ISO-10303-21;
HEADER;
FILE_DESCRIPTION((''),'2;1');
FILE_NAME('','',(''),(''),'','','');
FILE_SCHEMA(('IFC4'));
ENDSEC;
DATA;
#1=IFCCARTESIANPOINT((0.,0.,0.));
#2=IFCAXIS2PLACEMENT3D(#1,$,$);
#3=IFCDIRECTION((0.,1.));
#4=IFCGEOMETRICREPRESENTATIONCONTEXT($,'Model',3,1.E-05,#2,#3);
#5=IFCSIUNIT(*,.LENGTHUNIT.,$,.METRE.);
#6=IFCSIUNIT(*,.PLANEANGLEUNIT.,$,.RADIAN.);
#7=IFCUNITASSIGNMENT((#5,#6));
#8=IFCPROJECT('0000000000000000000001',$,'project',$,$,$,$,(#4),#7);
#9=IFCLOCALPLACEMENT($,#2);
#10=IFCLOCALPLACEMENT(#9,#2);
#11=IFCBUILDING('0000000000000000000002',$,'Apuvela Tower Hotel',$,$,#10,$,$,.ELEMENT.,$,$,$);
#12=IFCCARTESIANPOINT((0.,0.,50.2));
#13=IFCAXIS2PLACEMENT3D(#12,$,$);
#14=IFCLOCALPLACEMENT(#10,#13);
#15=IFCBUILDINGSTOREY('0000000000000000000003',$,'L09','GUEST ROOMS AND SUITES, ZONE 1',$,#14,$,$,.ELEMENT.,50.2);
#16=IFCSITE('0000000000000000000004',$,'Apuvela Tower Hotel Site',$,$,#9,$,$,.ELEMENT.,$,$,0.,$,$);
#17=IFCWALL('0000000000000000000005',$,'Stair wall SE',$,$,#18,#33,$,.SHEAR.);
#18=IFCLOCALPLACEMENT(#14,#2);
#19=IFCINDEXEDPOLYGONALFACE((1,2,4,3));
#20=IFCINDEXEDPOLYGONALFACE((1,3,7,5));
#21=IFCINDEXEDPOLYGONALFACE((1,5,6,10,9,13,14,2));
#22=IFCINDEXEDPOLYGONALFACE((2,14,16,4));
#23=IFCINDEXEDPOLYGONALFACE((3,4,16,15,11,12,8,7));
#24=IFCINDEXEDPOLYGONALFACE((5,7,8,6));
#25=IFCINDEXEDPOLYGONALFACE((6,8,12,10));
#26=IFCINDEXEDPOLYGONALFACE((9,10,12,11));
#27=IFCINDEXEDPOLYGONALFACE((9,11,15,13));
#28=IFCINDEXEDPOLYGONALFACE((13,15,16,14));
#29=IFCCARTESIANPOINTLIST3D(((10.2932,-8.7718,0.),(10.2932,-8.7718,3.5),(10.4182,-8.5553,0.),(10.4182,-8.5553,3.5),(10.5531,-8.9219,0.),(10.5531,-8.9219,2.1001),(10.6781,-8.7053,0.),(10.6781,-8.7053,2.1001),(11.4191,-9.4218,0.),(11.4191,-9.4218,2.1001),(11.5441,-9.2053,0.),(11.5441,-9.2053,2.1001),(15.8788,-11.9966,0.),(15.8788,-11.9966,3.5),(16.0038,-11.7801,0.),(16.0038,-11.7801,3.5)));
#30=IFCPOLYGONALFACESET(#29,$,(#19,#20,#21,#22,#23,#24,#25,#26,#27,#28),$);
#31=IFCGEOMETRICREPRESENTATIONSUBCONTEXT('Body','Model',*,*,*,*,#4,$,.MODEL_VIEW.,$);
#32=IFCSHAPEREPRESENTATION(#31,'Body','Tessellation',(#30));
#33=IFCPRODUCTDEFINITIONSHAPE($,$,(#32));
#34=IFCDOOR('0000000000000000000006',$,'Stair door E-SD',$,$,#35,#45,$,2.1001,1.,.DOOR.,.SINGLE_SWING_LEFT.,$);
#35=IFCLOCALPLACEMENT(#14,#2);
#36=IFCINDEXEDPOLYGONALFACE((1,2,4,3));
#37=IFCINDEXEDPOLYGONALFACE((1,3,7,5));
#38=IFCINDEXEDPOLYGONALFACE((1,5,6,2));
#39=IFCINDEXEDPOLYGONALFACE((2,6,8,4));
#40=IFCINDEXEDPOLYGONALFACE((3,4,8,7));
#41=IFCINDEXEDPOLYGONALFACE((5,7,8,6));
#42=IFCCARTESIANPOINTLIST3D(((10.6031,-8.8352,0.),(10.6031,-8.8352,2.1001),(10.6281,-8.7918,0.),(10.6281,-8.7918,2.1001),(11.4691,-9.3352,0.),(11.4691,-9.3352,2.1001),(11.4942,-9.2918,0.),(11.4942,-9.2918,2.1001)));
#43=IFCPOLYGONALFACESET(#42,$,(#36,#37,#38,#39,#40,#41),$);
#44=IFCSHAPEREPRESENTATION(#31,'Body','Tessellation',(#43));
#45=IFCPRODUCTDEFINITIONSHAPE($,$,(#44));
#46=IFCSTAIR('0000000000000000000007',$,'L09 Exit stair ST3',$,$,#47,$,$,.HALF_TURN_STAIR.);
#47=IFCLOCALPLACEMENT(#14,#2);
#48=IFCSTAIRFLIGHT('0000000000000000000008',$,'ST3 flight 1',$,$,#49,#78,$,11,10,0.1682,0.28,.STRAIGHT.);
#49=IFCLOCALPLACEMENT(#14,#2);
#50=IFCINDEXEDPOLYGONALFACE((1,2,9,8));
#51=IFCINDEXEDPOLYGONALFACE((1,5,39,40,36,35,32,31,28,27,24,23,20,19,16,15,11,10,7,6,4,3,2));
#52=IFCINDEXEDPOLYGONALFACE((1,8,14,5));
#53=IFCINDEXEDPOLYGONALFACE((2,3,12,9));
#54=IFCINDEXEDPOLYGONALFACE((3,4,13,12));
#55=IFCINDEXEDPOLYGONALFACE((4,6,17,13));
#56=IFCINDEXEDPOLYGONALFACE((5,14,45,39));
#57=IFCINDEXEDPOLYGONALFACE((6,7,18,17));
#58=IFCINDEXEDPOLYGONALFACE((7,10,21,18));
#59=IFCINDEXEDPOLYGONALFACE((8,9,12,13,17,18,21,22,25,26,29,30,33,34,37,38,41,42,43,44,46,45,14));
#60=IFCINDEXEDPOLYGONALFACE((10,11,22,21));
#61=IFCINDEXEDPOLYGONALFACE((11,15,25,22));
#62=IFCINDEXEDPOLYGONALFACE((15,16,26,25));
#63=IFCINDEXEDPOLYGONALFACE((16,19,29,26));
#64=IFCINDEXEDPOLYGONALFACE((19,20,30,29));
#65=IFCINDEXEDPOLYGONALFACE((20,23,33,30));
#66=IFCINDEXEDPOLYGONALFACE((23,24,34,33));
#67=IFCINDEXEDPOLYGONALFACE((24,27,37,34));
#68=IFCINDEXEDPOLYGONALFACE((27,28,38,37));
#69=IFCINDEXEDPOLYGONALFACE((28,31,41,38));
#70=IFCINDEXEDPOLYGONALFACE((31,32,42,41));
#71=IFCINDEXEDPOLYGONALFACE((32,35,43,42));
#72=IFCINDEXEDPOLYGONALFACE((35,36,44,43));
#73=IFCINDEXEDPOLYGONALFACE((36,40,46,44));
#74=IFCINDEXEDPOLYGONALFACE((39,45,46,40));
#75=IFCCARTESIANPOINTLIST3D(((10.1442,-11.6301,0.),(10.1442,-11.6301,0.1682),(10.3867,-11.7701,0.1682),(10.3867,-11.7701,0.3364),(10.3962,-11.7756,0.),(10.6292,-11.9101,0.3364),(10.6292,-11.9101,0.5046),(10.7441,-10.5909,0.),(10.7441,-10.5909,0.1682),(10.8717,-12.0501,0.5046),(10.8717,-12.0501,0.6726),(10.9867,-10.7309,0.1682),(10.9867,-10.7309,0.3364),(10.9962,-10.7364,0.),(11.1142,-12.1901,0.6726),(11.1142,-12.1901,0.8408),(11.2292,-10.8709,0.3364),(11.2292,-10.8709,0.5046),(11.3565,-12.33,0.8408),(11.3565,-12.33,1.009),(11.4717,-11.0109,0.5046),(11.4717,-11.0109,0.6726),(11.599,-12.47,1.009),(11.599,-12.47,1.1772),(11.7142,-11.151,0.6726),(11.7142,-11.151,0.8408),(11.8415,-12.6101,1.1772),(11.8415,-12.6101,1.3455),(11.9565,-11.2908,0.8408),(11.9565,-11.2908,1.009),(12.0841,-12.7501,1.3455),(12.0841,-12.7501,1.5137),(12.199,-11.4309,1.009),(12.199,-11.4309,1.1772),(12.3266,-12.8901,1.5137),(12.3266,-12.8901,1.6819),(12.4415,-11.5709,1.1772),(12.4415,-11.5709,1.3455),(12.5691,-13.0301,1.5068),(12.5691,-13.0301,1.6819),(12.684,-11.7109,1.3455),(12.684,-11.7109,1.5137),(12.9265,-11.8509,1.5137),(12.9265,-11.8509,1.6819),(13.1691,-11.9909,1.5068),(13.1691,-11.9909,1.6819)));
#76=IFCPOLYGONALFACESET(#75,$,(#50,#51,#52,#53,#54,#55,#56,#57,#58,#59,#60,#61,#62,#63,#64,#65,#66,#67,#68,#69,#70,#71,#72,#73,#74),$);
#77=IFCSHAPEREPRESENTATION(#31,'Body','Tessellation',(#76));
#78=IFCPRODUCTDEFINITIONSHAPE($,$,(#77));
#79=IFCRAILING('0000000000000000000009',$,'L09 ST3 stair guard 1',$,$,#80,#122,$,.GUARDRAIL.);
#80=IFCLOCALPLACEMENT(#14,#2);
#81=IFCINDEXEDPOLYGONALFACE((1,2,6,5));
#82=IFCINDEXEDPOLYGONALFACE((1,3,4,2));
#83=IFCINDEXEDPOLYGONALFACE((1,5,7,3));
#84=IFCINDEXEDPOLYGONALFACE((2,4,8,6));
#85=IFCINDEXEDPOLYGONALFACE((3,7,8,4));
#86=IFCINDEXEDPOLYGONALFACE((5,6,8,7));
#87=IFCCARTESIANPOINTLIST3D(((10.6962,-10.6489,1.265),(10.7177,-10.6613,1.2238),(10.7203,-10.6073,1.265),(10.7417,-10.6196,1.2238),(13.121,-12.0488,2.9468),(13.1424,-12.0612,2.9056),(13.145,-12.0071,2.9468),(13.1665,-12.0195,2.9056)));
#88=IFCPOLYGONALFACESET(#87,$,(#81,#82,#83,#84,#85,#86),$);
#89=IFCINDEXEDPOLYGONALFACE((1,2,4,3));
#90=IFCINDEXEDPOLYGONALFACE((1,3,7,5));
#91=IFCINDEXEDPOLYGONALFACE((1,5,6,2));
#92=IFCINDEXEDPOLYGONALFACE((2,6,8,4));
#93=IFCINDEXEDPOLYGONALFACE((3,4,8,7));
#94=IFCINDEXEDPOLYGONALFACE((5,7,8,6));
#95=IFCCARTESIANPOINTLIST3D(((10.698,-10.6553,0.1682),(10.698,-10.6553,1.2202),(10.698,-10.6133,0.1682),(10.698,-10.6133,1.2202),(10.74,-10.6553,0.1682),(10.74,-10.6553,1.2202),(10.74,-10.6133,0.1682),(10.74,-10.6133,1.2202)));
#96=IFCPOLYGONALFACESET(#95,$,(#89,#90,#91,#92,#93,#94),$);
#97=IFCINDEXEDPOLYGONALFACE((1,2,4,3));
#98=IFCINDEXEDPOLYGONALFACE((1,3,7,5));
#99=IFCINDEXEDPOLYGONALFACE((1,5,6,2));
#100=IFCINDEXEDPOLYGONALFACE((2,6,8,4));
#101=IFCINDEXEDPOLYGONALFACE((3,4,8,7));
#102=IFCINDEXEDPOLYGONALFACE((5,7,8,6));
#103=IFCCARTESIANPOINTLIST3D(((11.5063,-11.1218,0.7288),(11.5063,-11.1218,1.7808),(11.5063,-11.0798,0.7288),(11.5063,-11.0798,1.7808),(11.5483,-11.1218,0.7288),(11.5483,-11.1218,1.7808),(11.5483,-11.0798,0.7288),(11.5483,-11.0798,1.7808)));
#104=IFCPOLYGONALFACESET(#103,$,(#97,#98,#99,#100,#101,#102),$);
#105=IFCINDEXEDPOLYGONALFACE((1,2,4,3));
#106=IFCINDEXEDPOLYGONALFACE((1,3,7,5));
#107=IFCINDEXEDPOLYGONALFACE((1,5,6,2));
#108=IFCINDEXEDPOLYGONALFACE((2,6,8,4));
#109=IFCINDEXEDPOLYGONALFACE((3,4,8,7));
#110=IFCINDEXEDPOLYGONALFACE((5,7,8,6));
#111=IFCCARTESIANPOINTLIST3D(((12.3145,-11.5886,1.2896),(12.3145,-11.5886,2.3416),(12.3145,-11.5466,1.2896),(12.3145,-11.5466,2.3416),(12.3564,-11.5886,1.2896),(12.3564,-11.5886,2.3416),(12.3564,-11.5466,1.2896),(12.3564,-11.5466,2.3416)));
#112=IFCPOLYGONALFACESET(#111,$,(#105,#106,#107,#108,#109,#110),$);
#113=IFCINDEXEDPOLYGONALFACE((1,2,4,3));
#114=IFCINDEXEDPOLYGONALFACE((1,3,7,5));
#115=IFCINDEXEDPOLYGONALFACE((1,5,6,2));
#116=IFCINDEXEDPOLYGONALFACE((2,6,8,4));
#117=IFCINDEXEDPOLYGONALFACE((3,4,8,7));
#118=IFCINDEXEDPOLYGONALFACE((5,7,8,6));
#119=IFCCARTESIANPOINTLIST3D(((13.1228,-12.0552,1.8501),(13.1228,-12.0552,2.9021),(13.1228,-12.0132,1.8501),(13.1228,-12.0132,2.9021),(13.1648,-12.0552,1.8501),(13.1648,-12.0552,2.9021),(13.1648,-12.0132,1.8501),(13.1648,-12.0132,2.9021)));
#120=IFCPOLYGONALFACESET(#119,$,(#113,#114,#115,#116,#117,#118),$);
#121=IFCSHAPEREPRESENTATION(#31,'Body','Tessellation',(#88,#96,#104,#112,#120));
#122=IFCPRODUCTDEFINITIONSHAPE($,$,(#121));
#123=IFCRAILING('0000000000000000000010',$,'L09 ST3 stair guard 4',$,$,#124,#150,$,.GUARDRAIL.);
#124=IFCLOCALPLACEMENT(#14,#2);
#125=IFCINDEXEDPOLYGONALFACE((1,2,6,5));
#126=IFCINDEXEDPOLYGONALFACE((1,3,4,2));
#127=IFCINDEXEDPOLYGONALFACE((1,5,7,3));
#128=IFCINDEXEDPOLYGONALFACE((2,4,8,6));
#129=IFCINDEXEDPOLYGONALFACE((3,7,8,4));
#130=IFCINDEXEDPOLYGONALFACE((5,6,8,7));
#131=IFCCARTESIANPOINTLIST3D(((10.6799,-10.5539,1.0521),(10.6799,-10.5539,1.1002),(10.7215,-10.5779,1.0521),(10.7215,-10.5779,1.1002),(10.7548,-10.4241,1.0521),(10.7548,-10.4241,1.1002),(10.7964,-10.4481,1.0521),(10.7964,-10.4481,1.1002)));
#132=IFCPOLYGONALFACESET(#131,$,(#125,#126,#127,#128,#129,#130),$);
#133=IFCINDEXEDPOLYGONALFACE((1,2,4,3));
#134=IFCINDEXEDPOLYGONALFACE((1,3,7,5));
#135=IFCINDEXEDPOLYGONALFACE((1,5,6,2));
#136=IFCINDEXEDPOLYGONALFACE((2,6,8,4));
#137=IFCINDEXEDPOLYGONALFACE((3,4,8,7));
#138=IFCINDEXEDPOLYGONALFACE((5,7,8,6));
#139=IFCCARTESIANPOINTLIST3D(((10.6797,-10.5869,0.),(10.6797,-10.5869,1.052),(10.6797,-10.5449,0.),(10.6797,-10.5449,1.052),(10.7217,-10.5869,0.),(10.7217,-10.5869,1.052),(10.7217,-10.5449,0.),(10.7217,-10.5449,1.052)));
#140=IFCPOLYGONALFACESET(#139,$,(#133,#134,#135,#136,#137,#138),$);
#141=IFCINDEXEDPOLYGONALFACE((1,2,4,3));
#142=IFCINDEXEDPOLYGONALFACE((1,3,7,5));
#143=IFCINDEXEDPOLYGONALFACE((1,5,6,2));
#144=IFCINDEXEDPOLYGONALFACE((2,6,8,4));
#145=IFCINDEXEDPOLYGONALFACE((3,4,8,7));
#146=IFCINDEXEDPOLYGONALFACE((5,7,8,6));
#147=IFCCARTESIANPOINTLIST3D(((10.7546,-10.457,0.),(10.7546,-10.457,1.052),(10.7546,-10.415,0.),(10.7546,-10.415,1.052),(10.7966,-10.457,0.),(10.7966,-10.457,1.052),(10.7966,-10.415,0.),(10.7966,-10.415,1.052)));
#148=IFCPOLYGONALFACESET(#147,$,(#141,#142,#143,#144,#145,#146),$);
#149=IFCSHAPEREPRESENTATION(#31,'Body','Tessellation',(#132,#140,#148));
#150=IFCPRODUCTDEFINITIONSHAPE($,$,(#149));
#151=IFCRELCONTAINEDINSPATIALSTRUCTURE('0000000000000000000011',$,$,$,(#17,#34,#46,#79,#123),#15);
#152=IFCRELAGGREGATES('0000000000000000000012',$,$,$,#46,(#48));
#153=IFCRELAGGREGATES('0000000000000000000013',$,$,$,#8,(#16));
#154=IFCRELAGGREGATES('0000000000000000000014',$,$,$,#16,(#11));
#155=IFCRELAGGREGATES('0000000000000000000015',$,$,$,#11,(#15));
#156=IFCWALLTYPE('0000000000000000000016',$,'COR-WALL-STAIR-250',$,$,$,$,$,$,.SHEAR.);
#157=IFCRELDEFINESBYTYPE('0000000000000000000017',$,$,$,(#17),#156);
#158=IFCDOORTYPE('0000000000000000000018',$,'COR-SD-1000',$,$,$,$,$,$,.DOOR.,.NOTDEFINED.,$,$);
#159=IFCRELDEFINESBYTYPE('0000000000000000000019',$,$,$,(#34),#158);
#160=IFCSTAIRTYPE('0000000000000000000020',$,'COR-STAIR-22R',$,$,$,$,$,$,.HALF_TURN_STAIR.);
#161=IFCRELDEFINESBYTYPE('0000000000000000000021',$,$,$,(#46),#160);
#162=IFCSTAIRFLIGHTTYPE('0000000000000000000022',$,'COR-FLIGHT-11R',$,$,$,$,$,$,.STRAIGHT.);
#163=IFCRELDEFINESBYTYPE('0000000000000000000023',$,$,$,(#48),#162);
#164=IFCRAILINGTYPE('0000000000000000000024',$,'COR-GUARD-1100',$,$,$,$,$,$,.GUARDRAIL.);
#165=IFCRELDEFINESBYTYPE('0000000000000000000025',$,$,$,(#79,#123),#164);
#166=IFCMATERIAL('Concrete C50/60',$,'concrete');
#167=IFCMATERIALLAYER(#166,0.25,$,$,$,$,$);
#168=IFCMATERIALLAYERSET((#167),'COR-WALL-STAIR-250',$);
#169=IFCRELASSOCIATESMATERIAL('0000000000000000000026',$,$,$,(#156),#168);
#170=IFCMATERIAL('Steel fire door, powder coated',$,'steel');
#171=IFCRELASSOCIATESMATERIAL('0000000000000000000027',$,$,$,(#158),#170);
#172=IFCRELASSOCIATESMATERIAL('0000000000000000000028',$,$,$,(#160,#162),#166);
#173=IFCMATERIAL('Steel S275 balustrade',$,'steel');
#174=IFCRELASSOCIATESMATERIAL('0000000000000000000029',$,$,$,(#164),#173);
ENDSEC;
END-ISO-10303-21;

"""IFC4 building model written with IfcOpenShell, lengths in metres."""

from ifc_helpers import new_model, si_unit, direction, frame, frame_2d, origin, origin_2d, place, context, subcontext, project, spatial, polyline, rectangle, outline, extrude, material, layer, layer_set, type_object, element, fill, aggregate, save


model = new_model("IFC4")

# Units and contexts
model_context = context("Model", 3, precision=1e-05, world=origin(), true_north=direction((0.0, 1.0)))
body_context = subcontext(model_context, "Body", "Model", "MODEL_VIEW")
ifc_project = project(units=[si_unit("LENGTHUNIT", "METRE"), si_unit("PLANEANGLEUNIT", "RADIAN")], contexts=[model_context])

# Site, building, storey
site_placement = place(None, origin())
site = spatial("IfcSite", under=ifc_project, at=site_placement, Name="Apuvela Tower Hotel Site", CompositionType="ELEMENT", RefElevation=0.0)
building_placement = place(site_placement, origin())
building = spatial("IfcBuilding", under=site, at=building_placement, Name="Apuvela Tower Hotel", CompositionType="ELEMENT")
storey_placement = place(building_placement, frame((0.0, 0.0, 50.2)))
storey = spatial("IfcBuildingStorey", under=building, at=storey_placement, Name="L09", Description="GUEST ROOMS AND SUITES, ZONE 1", CompositionType="ELEMENT", Elevation=50.2)

# Shared definitions
ifc_material_1 = material(Name="Concrete C50/60", Category="concrete")

# Wall, opening, door
ifc_layer_1 = layer(ifc_material_1, 0.25)
ifc_layer_set_1 = layer_set([ifc_layer_1], Name="COR-WALL-STAIR-250")
wall_type_1 = type_object("IfcWallType", Name="COR-WALL-STAIR-250", PredefinedType="SHEAR", material=ifc_layer_set_1)
wall_1_placement = place(storey_placement, frame((10.3557, -8.6636, 0.0), z_axis=(0.0, 0.0, 1.0), x_axis=(0.866029, -0.499994, 0.0)))
wall_1 = element("IfcWall", 1, at=wall_1_placement, inside=storey, type_object=wall_type_1, Name="Stair wall SE", PredefinedType="SHEAR", context=body_context, shape_type="SweptSolid", body=[
    extrude(rectangle(XDim=6.4497, YDim=0.25, at=frame_2d((3.2249, 0.0))), origin(), (0.0, 0.0, 1.0), 3.5),
])
opening_1_placement = place(wall_1_placement, frame((0.3, 0.0, 0.0)))
opening_1 = element("IfcOpeningElement", 2, at=opening_1_placement, cuts=wall_1, PredefinedType="OPENING", context=body_context, shape_type="SweptSolid", body=[
    extrude(rectangle(XDim=1.0, YDim=2.1001, at=frame_2d((0.5, 1.05))), frame((0.0, 0.135, 0.0), z_axis=(0.0, -1.0, 0.0), x_axis=(1.0, 0.0, 0.0)), (0.0, 0.0, 1.0), 0.27),
])
ifc_material_2 = material(Name="Steel fire door, powder coated", Category="steel")
door_type_1 = type_object("IfcDoorType", Name="COR-SD-1000", OperationType="NOTDEFINED", PredefinedType="DOOR", material=ifc_material_2)
door_1_placement = place(opening_1_placement, frame((1.0, 0.0, 0.0), z_axis=(0.0, 0.0, 1.0), x_axis=(-1.0, 0.0, 0.0)))
door_1 = element("IfcDoor", 3, at=door_1_placement, inside=storey, type_object=door_type_1, Name="Stair door E-SD", OperationType="SINGLE_SWING_LEFT", OverallHeight=2.1001, OverallWidth=1.0, PredefinedType="DOOR", context=body_context, shape_type="SweptSolid", body=[
    extrude(rectangle(XDim=1.0, YDim=2.1001, at=frame_2d((0.5, 1.05))), frame((0.0, 0.0249, 0.0), z_axis=(0.0, -1.0, 0.0), x_axis=(1.0, 0.0, 0.0)), (0.0, 0.0, 1.0), 0.05),
])
fill(opening_1, door_1)

# Stair, stair flight
stair_type = type_object("IfcStairType", Name="COR-STAIR-22R", PredefinedType="HALF_TURN_STAIR", material=ifc_material_1)
stair_placement = place(storey_placement, origin())
stair = element("IfcStair", 4, at=stair_placement, inside=storey, type_object=stair_type, Name="L09 Exit stair ST3", PredefinedType="HALF_TURN_STAIR")
stair_flight_type = type_object("IfcStairFlightType", Name="COR-FLIGHT-11R", PredefinedType="STRAIGHT", material=ifc_material_1)
stair_flight_placement = place(storey_placement, frame((10.4441, -11.1106, 0.0), z_axis=(0.0, 0.0, 1.0), x_axis=(0.866025, -0.5, 0.0)))
stair_flight = element("IfcStairFlight", 5, at=stair_flight_placement, type_object=stair_flight_type, Name="ST3 flight 1", NumberOfRisers=11, NumberOfTreads=10, PredefinedType="STRAIGHT", RiserHeight=0.1682, TreadLength=0.28, context=body_context, shape_type="SweptSolid", body=[
    extrude(outline(polyline([(0.0, 0.0), (0.0, 0.1682), (0.28, 0.1682), (0.28, 0.3364), (0.5601, 0.3364), (0.5601, 0.5046), (0.8401, 0.5046), (0.8401, 0.6726), (1.1201, 0.6726), (1.1201, 0.8408), (1.3999, 0.8408), (1.3999, 1.009), (1.6799, 1.009), (1.6799, 1.1772), (1.96, 1.1772), (1.96, 1.3455), (2.24, 1.3455), (2.24, 1.5137), (2.52, 1.5137), (2.52, 1.6819), (2.8, 1.6819), (2.8, 1.8501), (2.8, 1.5068), (0.291, 0.0), (0.0, 0.0)])), frame((0.0, 0.6001, 0.0), z_axis=(0.0, -1.0, 0.0), x_axis=(1.0, 0.0, 0.0)), (0.0, 0.0, 1.0), 1.2),
])
aggregate(stair, [stair_flight])

# Railings
ifc_material_3 = material(Name="Steel S275 balustrade", Category="steel")
railing_type_1 = type_object("IfcRailingType", Name="COR-GUARD-1100", PredefinedType="GUARDRAIL", material=ifc_material_3)
railing_1_placement = place(storey_placement, frame((10.719, -10.6343, 0.1682)))
element("IfcRailing", 6, at=railing_1_placement, inside=storey, type_object=railing_type_1, Name="L09 ST3 stair guard 1", PredefinedType="GUARDRAIL", context=body_context, shape_type="SweptSolid", body=[
    extrude(rectangle(XDim=0.0481, YDim=0.0481, at=origin_2d()), frame((0.0, 0.0, 1.0762), z_axis=(0.74239, -0.428601, 0.514934), x_axis=(0.499984, 0.866035, 0.0)), (0.0, 0.0, 1.0), 3.2661),
    extrude(rectangle(XDim=0.042, YDim=0.042, at=origin_2d()), origin(), (0.0, 0.0, 1.0), 1.052),
    extrude(rectangle(XDim=0.042, YDim=0.042, at=origin_2d()), frame((0.8083, -0.4666, 0.5605)), (0.0, 0.0, 1.0), 1.052),
    extrude(rectangle(XDim=0.042, YDim=0.042, at=origin_2d()), frame((1.6165, -0.9333, 1.1213)), (0.0, 0.0, 1.0), 1.052),
    extrude(rectangle(XDim=0.042, YDim=0.042, at=origin_2d()), frame((2.4248, -1.3999, 1.6819)), (0.0, 0.0, 1.0), 1.052),
])
railing_2_placement = place(storey_placement, frame((10.7007, -10.5659, 0.0)))
element("IfcRailing", 7, at=railing_2_placement, inside=storey, type_object=railing_type_1, Name="L09 ST3 stair guard 4", PredefinedType="GUARDRAIL", context=body_context, shape_type="SweptSolid", body=[
    extrude(rectangle(XDim=0.0481, YDim=0.0481, at=origin_2d()), frame((0.0, 0.0, 1.0762), z_axis=(0.499816, 0.866131, 0.0), x_axis=(-0.866131, 0.499816, 0.0)), (0.0, 0.0, 1.0), 0.1499),
    extrude(rectangle(XDim=0.042, YDim=0.042, at=origin_2d()), origin(), (0.0, 0.0, 1.0), 1.052),
    extrude(rectangle(XDim=0.042, YDim=0.042, at=origin_2d()), frame((0.075, 0.1299, 0.0)), (0.0, 0.0, 1.0), 1.052),
])

save(model, "model.ifc")
